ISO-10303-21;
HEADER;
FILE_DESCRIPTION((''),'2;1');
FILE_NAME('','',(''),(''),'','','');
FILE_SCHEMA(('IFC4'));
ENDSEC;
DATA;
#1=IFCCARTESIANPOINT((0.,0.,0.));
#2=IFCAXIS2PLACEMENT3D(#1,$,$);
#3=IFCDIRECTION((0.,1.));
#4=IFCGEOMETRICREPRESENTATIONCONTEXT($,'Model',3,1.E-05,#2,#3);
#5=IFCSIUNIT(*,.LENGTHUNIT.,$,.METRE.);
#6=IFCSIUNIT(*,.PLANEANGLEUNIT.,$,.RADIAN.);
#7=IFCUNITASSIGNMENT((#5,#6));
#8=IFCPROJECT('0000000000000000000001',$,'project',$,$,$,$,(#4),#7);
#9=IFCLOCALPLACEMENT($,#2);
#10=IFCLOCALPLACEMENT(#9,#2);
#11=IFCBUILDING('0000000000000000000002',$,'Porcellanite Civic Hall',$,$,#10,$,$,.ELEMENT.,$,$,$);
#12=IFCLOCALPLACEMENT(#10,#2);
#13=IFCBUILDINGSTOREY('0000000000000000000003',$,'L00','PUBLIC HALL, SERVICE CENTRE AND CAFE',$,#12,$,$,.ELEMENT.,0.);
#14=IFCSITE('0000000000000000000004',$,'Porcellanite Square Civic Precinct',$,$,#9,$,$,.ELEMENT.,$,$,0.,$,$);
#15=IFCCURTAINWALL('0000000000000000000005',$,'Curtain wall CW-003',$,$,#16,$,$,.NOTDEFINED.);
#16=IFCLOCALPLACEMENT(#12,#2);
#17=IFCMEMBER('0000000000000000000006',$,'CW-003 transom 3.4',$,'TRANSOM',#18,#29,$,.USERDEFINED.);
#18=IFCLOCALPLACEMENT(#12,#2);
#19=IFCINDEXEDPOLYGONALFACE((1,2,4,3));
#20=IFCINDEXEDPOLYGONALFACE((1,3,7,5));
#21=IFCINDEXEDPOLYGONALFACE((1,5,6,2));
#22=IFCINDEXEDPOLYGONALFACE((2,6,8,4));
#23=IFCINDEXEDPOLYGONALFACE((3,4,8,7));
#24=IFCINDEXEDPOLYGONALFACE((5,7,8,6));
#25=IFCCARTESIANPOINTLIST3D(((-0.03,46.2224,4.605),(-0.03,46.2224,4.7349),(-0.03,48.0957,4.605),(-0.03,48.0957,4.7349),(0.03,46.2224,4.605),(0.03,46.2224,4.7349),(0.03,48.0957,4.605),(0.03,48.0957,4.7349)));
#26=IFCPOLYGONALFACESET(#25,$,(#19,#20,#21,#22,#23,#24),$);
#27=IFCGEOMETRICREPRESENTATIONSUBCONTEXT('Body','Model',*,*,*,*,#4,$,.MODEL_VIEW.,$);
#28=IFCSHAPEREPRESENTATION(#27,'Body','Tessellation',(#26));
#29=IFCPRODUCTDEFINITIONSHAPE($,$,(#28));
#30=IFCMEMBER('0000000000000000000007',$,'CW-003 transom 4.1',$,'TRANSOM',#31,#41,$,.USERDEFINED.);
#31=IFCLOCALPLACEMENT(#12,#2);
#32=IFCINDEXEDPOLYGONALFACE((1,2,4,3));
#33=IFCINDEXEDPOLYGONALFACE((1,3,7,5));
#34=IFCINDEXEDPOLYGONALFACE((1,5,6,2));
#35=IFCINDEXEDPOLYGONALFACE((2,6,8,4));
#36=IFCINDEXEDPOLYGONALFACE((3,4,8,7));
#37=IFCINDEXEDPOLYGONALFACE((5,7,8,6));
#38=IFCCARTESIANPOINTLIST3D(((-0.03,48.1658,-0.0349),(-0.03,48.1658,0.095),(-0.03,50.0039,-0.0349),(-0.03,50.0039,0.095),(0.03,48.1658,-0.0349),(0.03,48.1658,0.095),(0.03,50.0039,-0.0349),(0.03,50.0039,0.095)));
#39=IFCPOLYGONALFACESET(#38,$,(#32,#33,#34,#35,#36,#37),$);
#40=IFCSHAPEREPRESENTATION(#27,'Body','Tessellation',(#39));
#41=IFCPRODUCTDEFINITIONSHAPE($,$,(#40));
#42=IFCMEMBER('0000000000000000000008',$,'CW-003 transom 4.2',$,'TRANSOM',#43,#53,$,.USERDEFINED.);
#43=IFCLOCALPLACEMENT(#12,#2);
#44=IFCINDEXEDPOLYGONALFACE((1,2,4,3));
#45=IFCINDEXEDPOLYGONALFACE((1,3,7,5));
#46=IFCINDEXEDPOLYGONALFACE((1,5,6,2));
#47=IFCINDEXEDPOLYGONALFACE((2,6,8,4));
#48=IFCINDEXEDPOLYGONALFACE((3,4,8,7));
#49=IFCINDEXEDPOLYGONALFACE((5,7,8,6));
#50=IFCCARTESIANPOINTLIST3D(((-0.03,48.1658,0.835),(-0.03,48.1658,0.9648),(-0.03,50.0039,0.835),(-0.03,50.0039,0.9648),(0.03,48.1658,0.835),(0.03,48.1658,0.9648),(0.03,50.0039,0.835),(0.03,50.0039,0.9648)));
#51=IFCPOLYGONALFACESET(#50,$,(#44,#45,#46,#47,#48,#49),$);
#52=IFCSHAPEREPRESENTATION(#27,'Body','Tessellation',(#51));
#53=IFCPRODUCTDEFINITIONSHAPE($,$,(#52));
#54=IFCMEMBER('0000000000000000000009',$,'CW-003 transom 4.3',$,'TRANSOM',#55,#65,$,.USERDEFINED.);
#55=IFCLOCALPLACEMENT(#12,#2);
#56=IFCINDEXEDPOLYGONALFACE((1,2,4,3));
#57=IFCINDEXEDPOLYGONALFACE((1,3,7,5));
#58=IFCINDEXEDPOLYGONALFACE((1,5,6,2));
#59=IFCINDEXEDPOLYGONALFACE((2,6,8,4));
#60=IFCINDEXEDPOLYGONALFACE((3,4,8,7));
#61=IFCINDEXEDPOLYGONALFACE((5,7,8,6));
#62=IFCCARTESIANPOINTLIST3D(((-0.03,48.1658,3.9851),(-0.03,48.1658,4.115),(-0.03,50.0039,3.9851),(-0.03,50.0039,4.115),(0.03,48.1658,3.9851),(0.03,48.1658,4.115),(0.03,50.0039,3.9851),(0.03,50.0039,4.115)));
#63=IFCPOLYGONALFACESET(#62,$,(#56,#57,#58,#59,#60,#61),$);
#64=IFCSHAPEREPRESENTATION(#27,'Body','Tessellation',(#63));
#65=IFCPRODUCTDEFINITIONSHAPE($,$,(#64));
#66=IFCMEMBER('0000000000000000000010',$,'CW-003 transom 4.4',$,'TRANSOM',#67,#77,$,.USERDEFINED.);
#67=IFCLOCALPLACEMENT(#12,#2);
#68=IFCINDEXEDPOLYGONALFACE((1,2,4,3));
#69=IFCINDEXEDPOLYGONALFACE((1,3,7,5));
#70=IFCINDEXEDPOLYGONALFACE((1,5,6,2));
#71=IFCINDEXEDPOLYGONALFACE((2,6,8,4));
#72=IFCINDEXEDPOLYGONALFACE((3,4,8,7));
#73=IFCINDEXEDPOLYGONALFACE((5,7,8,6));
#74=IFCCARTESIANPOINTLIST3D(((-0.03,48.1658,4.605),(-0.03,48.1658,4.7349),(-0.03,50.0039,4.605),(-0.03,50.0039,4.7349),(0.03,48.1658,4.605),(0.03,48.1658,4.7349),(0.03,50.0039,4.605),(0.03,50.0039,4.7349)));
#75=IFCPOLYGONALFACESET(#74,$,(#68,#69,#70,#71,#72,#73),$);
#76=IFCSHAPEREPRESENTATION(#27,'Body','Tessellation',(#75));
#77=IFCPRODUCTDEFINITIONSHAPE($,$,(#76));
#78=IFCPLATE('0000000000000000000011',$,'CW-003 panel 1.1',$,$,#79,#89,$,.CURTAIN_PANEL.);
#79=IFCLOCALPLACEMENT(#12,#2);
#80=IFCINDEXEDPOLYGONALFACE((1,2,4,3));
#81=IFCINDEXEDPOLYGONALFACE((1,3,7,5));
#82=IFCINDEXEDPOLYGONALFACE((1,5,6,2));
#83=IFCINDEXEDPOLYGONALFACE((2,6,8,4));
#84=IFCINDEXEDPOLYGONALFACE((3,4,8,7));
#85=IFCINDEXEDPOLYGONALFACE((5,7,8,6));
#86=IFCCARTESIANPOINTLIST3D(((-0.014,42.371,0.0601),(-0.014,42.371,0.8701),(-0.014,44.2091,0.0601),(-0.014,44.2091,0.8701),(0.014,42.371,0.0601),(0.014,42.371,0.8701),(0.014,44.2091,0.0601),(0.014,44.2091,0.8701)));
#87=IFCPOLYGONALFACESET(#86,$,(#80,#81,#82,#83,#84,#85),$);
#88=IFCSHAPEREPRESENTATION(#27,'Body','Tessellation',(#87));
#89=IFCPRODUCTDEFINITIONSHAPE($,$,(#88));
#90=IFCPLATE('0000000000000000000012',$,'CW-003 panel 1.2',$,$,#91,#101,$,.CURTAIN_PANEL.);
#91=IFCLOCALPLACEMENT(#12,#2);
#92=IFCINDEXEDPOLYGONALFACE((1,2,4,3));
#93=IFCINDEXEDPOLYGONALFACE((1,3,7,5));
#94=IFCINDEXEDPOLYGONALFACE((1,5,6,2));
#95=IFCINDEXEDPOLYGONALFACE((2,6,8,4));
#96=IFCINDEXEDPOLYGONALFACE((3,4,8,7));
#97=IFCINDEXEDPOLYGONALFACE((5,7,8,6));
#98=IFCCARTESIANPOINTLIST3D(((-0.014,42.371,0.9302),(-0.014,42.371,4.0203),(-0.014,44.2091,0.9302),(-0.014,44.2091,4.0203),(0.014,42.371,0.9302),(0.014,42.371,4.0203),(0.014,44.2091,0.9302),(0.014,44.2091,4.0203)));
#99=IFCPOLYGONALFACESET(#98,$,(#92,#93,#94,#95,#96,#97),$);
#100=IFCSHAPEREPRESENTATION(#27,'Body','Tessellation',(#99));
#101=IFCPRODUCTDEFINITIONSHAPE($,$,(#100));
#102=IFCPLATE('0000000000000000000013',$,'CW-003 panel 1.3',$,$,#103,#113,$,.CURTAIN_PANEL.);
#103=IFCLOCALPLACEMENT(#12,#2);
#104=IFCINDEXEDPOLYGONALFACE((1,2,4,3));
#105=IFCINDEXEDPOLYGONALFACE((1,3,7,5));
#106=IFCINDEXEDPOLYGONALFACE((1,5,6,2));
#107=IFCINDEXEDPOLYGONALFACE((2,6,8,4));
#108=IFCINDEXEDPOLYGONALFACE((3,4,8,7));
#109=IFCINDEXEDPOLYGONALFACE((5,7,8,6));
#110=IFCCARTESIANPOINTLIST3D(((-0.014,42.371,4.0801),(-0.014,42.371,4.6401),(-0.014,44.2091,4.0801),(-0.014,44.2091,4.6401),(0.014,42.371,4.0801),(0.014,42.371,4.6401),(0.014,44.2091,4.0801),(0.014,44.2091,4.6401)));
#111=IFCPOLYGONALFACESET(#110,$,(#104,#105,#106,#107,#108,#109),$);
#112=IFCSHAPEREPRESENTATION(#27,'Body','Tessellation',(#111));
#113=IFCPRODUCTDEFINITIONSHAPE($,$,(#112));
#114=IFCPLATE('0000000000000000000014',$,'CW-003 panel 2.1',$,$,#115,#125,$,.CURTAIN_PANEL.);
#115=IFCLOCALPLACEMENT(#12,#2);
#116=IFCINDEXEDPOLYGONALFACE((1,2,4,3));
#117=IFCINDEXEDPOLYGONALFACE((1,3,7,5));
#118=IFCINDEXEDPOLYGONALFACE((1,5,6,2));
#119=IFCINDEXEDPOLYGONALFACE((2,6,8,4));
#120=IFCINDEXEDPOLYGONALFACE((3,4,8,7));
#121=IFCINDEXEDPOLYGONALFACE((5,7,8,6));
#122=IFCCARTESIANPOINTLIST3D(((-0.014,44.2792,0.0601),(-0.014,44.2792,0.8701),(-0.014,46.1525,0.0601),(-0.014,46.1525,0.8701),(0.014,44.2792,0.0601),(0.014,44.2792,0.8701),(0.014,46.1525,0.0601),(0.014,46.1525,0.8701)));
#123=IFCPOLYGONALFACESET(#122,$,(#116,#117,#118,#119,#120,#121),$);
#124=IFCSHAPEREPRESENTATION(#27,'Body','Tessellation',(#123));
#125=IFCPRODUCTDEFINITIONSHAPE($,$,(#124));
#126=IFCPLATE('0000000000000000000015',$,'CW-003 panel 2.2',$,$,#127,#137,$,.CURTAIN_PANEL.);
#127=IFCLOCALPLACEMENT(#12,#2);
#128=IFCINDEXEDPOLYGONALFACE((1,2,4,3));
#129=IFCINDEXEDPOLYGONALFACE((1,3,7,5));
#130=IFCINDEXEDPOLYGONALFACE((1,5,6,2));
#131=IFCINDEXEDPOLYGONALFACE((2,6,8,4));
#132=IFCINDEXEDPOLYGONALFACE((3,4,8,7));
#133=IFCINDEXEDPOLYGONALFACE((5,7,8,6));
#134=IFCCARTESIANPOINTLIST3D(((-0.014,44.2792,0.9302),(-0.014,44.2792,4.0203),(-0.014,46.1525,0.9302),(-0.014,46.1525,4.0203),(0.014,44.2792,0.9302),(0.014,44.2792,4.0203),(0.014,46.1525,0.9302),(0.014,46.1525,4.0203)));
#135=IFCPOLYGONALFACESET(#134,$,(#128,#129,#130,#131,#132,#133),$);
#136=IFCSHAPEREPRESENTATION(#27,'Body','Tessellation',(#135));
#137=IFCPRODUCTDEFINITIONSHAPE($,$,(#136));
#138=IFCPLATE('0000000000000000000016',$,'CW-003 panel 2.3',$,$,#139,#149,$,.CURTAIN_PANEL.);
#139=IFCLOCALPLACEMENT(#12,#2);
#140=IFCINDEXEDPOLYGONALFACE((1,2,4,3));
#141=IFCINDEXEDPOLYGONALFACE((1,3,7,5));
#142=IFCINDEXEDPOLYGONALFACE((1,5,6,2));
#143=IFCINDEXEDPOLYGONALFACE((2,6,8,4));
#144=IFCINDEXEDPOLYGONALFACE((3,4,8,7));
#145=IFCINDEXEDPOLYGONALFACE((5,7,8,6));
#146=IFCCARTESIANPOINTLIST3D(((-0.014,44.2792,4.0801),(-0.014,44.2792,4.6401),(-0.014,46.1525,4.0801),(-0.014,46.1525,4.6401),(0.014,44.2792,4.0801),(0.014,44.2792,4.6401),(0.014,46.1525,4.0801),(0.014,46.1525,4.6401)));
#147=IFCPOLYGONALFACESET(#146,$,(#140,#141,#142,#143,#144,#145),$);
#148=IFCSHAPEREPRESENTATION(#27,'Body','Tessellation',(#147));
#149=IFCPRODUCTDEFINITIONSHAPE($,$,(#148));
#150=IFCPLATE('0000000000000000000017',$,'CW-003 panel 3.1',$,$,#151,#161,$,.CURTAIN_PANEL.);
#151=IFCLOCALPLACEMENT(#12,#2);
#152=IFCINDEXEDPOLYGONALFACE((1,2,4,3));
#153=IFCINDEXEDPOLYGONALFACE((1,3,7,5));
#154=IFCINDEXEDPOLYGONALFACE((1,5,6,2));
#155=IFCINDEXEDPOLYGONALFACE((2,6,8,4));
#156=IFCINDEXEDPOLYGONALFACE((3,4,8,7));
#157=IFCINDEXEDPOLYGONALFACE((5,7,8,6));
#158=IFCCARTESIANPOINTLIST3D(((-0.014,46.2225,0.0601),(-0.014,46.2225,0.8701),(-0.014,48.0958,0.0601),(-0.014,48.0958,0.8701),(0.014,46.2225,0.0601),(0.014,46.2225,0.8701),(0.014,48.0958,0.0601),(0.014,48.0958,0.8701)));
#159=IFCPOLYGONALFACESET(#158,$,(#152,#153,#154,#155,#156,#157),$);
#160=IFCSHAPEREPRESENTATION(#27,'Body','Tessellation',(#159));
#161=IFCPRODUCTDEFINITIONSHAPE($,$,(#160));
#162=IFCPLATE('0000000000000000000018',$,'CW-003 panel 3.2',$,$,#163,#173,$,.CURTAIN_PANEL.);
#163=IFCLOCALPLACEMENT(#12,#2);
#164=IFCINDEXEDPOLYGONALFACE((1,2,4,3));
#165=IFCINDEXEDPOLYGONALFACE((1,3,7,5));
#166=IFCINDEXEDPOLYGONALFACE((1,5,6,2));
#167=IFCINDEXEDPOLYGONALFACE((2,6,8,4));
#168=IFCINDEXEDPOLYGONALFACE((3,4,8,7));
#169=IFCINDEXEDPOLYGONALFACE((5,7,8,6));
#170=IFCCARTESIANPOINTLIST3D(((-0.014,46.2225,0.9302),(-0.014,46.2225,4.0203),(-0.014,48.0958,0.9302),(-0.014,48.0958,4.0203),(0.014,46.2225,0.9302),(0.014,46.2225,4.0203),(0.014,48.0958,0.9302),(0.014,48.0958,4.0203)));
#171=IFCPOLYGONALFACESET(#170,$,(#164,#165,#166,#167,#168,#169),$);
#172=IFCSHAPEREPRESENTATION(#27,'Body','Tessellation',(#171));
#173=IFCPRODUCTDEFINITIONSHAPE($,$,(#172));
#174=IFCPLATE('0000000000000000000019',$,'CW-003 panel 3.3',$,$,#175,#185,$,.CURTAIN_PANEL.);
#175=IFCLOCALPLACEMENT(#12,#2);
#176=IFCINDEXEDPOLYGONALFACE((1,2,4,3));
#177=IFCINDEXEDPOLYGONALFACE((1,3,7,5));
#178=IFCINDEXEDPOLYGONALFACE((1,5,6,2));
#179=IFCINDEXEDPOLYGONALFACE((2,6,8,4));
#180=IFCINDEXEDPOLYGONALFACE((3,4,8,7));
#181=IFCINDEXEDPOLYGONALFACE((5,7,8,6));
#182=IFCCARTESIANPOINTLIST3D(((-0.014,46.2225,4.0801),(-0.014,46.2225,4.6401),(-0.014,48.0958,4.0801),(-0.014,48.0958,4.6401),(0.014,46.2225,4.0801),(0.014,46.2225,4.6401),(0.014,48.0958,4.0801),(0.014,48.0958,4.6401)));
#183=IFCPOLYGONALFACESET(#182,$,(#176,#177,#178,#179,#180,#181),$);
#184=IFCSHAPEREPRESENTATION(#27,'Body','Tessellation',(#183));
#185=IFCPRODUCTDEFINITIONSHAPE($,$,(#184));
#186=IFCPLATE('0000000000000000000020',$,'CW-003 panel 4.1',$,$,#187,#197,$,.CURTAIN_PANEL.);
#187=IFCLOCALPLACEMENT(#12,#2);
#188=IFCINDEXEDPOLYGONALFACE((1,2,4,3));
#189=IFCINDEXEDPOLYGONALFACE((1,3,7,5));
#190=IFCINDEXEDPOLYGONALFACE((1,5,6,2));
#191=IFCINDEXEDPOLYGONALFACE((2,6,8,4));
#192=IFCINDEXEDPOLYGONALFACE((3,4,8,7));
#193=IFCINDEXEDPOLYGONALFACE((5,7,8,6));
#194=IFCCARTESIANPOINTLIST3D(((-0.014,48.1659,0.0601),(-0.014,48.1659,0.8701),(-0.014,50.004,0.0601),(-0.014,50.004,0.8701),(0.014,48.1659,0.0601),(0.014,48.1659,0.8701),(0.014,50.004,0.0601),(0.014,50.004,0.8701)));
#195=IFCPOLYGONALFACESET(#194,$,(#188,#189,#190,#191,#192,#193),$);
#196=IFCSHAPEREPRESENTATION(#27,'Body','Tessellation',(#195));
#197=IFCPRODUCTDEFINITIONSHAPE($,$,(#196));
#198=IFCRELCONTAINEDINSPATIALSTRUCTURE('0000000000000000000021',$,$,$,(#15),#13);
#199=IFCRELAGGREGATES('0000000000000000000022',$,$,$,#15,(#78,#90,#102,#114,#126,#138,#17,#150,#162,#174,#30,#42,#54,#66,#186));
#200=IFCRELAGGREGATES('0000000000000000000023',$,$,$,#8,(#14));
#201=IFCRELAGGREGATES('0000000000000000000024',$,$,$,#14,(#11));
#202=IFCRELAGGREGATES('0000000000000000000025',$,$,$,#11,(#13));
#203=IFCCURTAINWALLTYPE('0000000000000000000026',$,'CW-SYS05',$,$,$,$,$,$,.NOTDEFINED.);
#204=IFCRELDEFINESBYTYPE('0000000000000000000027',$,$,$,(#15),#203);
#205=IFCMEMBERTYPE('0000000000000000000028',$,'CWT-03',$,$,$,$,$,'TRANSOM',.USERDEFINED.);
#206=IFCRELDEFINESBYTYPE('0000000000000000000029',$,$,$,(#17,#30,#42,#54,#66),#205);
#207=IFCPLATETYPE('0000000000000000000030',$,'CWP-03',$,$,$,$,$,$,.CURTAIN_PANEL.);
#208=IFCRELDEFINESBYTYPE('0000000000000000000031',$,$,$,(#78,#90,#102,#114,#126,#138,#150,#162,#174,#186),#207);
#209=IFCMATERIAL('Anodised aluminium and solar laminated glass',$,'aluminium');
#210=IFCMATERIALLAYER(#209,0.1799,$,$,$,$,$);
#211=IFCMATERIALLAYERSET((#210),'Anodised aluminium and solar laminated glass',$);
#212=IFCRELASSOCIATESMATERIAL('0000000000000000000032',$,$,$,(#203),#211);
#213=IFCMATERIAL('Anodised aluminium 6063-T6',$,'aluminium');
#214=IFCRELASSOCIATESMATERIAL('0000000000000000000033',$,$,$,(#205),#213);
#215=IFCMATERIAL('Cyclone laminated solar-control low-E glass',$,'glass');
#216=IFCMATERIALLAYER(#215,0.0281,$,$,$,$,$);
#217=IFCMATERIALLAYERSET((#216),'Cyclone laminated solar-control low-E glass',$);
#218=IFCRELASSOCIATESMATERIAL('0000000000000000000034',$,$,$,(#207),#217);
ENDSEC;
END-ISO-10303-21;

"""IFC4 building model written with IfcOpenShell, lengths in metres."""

from ifc_helpers import new_model, si_unit, direction, frame, origin, origin_2d, place, context, subcontext, project, spatial, rectangle, extrude, material, layer, layer_set, material_profile, profile_set, type_object, element, aggregate, save


model = new_model("IFC4")

# Units and contexts
model_context = context("Model", 3, precision=1e-05, world=origin(), true_north=direction((0.0, 1.0)))
body_context = subcontext(model_context, "Body", "Model", "MODEL_VIEW")
ifc_project = project(units=[si_unit("LENGTHUNIT", "METRE"), si_unit("PLANEANGLEUNIT", "RADIAN")], contexts=[model_context])

# Site, building, storey
site_placement = place(None, origin())
site = spatial("IfcSite", under=ifc_project, at=site_placement, Name="Porcellanite Square Civic Precinct", CompositionType="ELEMENT", RefElevation=0.0)
building_placement = place(site_placement, origin())
building = spatial("IfcBuilding", under=site, at=building_placement, Name="Porcellanite Civic Hall", CompositionType="ELEMENT")
storey_placement = place(building_placement, origin())
storey = spatial("IfcBuildingStorey", under=building, at=storey_placement, Name="L00", Description="PUBLIC HALL, SERVICE CENTRE AND CAFE", CompositionType="ELEMENT", Elevation=0.0)

# Curtain wall, members, plates
ifc_material_1 = material(Name="Anodised aluminium and solar laminated glass", Category="aluminium")
ifc_layer_1 = layer(ifc_material_1, 0.1799)
ifc_layer_set_1 = layer_set([ifc_layer_1], Name="Anodised aluminium and solar laminated glass")
curtain_wall_type = type_object("IfcCurtainWallType", Name="CW-SYS05", PredefinedType="NOTDEFINED", material=ifc_layer_set_1)
curtain_wall_placement = place(storey_placement, origin())
curtain_wall = element("IfcCurtainWall", 1, at=curtain_wall_placement, inside=storey, type_object=curtain_wall_type, Name="Curtain wall CW-003", PredefinedType="NOTDEFINED")
ifc_material_2 = material(Name="Anodised aluminium 6063-T6", Category="aluminium")
ifc_material_profile_1 = material_profile(ifc_material_2, rectangle(XDim=0.0601, YDim=0.1299, at=origin_2d()), Name="AL-60x130")
ifc_profile_set_1 = profile_set([ifc_material_profile_1], Name="Anodised aluminium 6063-T6")
member_type_1 = type_object("IfcMemberType", Name="CWT-03", ElementType="TRANSOM", PredefinedType="USERDEFINED", material=ifc_profile_set_1)
member_1_placement = place(storey_placement, frame((0.0, 46.2224, 4.6699), z_axis=(0.0, 1.0, 0.0), x_axis=(-1.0, 0.0, 0.0)))
member_1 = element("IfcMember", 2, at=member_1_placement, type_object=member_type_1, Name="CW-003 transom 3.4", ObjectType="TRANSOM", PredefinedType="USERDEFINED", context=body_context, shape_type="SweptSolid", body=[
    extrude(rectangle(XDim=0.0601, YDim=0.1299, at=origin_2d()), origin(), (0.0, 0.0, 1.0), 1.8733),
])
member_2_placement = place(storey_placement, frame((0.0, 48.1658, 0.03), z_axis=(0.0, 1.0, 0.0), x_axis=(-1.0, 0.0, 0.0)))
member_2 = element("IfcMember", 3, at=member_2_placement, type_object=member_type_1, Name="CW-003 transom 4.1", ObjectType="TRANSOM", PredefinedType="USERDEFINED", context=body_context, shape_type="SweptSolid", body=[
    extrude(rectangle(XDim=0.0601, YDim=0.1299, at=origin_2d()), origin(), (0.0, 0.0, 1.0), 1.8381),
])
member_3_placement = place(storey_placement, frame((0.0, 48.1658, 0.8999), z_axis=(0.0, 1.0, 0.0), x_axis=(-1.0, 0.0, 0.0)))
member_3 = element("IfcMember", 4, at=member_3_placement, type_object=member_type_1, Name="CW-003 transom 4.2", ObjectType="TRANSOM", PredefinedType="USERDEFINED", context=body_context, shape_type="SweptSolid", body=[
    extrude(rectangle(XDim=0.0601, YDim=0.1299, at=origin_2d()), origin(), (0.0, 0.0, 1.0), 1.8381),
])
member_4_placement = place(storey_placement, frame((0.0, 48.1658, 4.05), z_axis=(0.0, 1.0, 0.0), x_axis=(-1.0, 0.0, 0.0)))
member_4 = element("IfcMember", 5, at=member_4_placement, type_object=member_type_1, Name="CW-003 transom 4.3", ObjectType="TRANSOM", PredefinedType="USERDEFINED", context=body_context, shape_type="SweptSolid", body=[
    extrude(rectangle(XDim=0.0601, YDim=0.1299, at=origin_2d()), origin(), (0.0, 0.0, 1.0), 1.8381),
])
member_5_placement = place(storey_placement, frame((0.0, 48.1658, 4.6699), z_axis=(0.0, 1.0, 0.0), x_axis=(-1.0, 0.0, 0.0)))
member_5 = element("IfcMember", 6, at=member_5_placement, type_object=member_type_1, Name="CW-003 transom 4.4", ObjectType="TRANSOM", PredefinedType="USERDEFINED", context=body_context, shape_type="SweptSolid", body=[
    extrude(rectangle(XDim=0.0601, YDim=0.1299, at=origin_2d()), origin(), (0.0, 0.0, 1.0), 1.8381),
])
ifc_material_3 = material(Name="Cyclone laminated solar-control low-E glass", Category="glass")
ifc_layer_2 = layer(ifc_material_3, 0.0281)
ifc_layer_set_2 = layer_set([ifc_layer_2], Name="Cyclone laminated solar-control low-E glass")
plate_type = type_object("IfcPlateType", Name="CWP-03", PredefinedType="CURTAIN_PANEL", material=ifc_layer_set_2)
plate_1_placement = place(storey_placement, frame((0.0, 43.29, 0.0601), z_axis=(0.0, 0.0, 1.0), x_axis=(0.0, 1.0, 0.0)))
plate_1 = element("IfcPlate", 7, at=plate_1_placement, type_object=plate_type, Name="CW-003 panel 1.1", PredefinedType="CURTAIN_PANEL", context=body_context, shape_type="SweptSolid", body=[
    extrude(rectangle(XDim=1.8381, YDim=0.0281, at=origin_2d()), origin(), (0.0, 0.0, 1.0), 0.8101),
])
plate_2_placement = place(storey_placement, frame((0.0, 43.29, 0.9302), z_axis=(0.0, 0.0, 1.0), x_axis=(0.0, 1.0, 0.0)))
plate_2 = element("IfcPlate", 8, at=plate_2_placement, type_object=plate_type, Name="CW-003 panel 1.2", PredefinedType="CURTAIN_PANEL", context=body_context, shape_type="SweptSolid", body=[
    extrude(rectangle(XDim=1.8381, YDim=0.0281, at=origin_2d()), origin(), (0.0, 0.0, 1.0), 3.0901),
])
plate_3_placement = place(storey_placement, frame((0.0, 43.29, 4.0801), z_axis=(0.0, 0.0, 1.0), x_axis=(0.0, 1.0, 0.0)))
plate_3 = element("IfcPlate", 9, at=plate_3_placement, type_object=plate_type, Name="CW-003 panel 1.3", PredefinedType="CURTAIN_PANEL", context=body_context, shape_type="SweptSolid", body=[
    extrude(rectangle(XDim=1.8381, YDim=0.0281, at=origin_2d()), origin(), (0.0, 0.0, 1.0), 0.5601),
])
plate_4_placement = place(storey_placement, frame((0.0, 45.2158, 0.0601), z_axis=(0.0, 0.0, 1.0), x_axis=(0.0, 1.0, 0.0)))
plate_4 = element("IfcPlate", 10, at=plate_4_placement, type_object=plate_type, Name="CW-003 panel 2.1", PredefinedType="CURTAIN_PANEL", context=body_context, shape_type="SweptSolid", body=[
    extrude(rectangle(XDim=1.8733, YDim=0.0281, at=origin_2d()), origin(), (0.0, 0.0, 1.0), 0.8101),
])
plate_5_placement = place(storey_placement, frame((0.0, 45.2158, 0.9302), z_axis=(0.0, 0.0, 1.0), x_axis=(0.0, 1.0, 0.0)))
plate_5 = element("IfcPlate", 11, at=plate_5_placement, type_object=plate_type, Name="CW-003 panel 2.2", PredefinedType="CURTAIN_PANEL", context=body_context, shape_type="SweptSolid", body=[
    extrude(rectangle(XDim=1.8733, YDim=0.0281, at=origin_2d()), origin(), (0.0, 0.0, 1.0), 3.0901),
])
plate_6_placement = place(storey_placement, frame((0.0, 45.2158, 4.0801), z_axis=(0.0, 0.0, 1.0), x_axis=(0.0, 1.0, 0.0)))
plate_6 = element("IfcPlate", 12, at=plate_6_placement, type_object=plate_type, Name="CW-003 panel 2.3", PredefinedType="CURTAIN_PANEL", context=body_context, shape_type="SweptSolid", body=[
    extrude(rectangle(XDim=1.8733, YDim=0.0281, at=origin_2d()), origin(), (0.0, 0.0, 1.0), 0.5601),
])
plate_7_placement = place(storey_placement, frame((0.0, 47.1592, 0.0601), z_axis=(0.0, 0.0, 1.0), x_axis=(0.0, 1.0, 0.0)))
plate_7 = element("IfcPlate", 13, at=plate_7_placement, type_object=plate_type, Name="CW-003 panel 3.1", PredefinedType="CURTAIN_PANEL", context=body_context, shape_type="SweptSolid", body=[
    extrude(rectangle(XDim=1.8733, YDim=0.0281, at=origin_2d()), origin(), (0.0, 0.0, 1.0), 0.8101),
])
plate_8_placement = place(storey_placement, frame((0.0, 47.1592, 0.9302), z_axis=(0.0, 0.0, 1.0), x_axis=(0.0, 1.0, 0.0)))
plate_8 = element("IfcPlate", 14, at=plate_8_placement, type_object=plate_type, Name="CW-003 panel 3.2", PredefinedType="CURTAIN_PANEL", context=body_context, shape_type="SweptSolid", body=[
    extrude(rectangle(XDim=1.8733, YDim=0.0281, at=origin_2d()), origin(), (0.0, 0.0, 1.0), 3.0901),
])
plate_9_placement = place(storey_placement, frame((0.0, 47.1592, 4.0801), z_axis=(0.0, 0.0, 1.0), x_axis=(0.0, 1.0, 0.0)))
plate_9 = element("IfcPlate", 15, at=plate_9_placement, type_object=plate_type, Name="CW-003 panel 3.3", PredefinedType="CURTAIN_PANEL", context=body_context, shape_type="SweptSolid", body=[
    extrude(rectangle(XDim=1.8733, YDim=0.0281, at=origin_2d()), origin(), (0.0, 0.0, 1.0), 0.5601),
])
plate_10_placement = place(storey_placement, frame((0.0, 49.085, 0.0601), z_axis=(0.0, 0.0, 1.0), x_axis=(0.0, 1.0, 0.0)))
plate_10 = element("IfcPlate", 16, at=plate_10_placement, type_object=plate_type, Name="CW-003 panel 4.1", PredefinedType="CURTAIN_PANEL", context=body_context, shape_type="SweptSolid", body=[
    extrude(rectangle(XDim=1.8381, YDim=0.0281, at=origin_2d()), origin(), (0.0, 0.0, 1.0), 0.8101),
])
aggregate(curtain_wall, [plate_1, plate_2, plate_3, plate_4, plate_5, plate_6, member_1, plate_7, plate_8, plate_9, member_2, member_3, member_4, member_5, plate_10])

save(model, "model.ifc")
